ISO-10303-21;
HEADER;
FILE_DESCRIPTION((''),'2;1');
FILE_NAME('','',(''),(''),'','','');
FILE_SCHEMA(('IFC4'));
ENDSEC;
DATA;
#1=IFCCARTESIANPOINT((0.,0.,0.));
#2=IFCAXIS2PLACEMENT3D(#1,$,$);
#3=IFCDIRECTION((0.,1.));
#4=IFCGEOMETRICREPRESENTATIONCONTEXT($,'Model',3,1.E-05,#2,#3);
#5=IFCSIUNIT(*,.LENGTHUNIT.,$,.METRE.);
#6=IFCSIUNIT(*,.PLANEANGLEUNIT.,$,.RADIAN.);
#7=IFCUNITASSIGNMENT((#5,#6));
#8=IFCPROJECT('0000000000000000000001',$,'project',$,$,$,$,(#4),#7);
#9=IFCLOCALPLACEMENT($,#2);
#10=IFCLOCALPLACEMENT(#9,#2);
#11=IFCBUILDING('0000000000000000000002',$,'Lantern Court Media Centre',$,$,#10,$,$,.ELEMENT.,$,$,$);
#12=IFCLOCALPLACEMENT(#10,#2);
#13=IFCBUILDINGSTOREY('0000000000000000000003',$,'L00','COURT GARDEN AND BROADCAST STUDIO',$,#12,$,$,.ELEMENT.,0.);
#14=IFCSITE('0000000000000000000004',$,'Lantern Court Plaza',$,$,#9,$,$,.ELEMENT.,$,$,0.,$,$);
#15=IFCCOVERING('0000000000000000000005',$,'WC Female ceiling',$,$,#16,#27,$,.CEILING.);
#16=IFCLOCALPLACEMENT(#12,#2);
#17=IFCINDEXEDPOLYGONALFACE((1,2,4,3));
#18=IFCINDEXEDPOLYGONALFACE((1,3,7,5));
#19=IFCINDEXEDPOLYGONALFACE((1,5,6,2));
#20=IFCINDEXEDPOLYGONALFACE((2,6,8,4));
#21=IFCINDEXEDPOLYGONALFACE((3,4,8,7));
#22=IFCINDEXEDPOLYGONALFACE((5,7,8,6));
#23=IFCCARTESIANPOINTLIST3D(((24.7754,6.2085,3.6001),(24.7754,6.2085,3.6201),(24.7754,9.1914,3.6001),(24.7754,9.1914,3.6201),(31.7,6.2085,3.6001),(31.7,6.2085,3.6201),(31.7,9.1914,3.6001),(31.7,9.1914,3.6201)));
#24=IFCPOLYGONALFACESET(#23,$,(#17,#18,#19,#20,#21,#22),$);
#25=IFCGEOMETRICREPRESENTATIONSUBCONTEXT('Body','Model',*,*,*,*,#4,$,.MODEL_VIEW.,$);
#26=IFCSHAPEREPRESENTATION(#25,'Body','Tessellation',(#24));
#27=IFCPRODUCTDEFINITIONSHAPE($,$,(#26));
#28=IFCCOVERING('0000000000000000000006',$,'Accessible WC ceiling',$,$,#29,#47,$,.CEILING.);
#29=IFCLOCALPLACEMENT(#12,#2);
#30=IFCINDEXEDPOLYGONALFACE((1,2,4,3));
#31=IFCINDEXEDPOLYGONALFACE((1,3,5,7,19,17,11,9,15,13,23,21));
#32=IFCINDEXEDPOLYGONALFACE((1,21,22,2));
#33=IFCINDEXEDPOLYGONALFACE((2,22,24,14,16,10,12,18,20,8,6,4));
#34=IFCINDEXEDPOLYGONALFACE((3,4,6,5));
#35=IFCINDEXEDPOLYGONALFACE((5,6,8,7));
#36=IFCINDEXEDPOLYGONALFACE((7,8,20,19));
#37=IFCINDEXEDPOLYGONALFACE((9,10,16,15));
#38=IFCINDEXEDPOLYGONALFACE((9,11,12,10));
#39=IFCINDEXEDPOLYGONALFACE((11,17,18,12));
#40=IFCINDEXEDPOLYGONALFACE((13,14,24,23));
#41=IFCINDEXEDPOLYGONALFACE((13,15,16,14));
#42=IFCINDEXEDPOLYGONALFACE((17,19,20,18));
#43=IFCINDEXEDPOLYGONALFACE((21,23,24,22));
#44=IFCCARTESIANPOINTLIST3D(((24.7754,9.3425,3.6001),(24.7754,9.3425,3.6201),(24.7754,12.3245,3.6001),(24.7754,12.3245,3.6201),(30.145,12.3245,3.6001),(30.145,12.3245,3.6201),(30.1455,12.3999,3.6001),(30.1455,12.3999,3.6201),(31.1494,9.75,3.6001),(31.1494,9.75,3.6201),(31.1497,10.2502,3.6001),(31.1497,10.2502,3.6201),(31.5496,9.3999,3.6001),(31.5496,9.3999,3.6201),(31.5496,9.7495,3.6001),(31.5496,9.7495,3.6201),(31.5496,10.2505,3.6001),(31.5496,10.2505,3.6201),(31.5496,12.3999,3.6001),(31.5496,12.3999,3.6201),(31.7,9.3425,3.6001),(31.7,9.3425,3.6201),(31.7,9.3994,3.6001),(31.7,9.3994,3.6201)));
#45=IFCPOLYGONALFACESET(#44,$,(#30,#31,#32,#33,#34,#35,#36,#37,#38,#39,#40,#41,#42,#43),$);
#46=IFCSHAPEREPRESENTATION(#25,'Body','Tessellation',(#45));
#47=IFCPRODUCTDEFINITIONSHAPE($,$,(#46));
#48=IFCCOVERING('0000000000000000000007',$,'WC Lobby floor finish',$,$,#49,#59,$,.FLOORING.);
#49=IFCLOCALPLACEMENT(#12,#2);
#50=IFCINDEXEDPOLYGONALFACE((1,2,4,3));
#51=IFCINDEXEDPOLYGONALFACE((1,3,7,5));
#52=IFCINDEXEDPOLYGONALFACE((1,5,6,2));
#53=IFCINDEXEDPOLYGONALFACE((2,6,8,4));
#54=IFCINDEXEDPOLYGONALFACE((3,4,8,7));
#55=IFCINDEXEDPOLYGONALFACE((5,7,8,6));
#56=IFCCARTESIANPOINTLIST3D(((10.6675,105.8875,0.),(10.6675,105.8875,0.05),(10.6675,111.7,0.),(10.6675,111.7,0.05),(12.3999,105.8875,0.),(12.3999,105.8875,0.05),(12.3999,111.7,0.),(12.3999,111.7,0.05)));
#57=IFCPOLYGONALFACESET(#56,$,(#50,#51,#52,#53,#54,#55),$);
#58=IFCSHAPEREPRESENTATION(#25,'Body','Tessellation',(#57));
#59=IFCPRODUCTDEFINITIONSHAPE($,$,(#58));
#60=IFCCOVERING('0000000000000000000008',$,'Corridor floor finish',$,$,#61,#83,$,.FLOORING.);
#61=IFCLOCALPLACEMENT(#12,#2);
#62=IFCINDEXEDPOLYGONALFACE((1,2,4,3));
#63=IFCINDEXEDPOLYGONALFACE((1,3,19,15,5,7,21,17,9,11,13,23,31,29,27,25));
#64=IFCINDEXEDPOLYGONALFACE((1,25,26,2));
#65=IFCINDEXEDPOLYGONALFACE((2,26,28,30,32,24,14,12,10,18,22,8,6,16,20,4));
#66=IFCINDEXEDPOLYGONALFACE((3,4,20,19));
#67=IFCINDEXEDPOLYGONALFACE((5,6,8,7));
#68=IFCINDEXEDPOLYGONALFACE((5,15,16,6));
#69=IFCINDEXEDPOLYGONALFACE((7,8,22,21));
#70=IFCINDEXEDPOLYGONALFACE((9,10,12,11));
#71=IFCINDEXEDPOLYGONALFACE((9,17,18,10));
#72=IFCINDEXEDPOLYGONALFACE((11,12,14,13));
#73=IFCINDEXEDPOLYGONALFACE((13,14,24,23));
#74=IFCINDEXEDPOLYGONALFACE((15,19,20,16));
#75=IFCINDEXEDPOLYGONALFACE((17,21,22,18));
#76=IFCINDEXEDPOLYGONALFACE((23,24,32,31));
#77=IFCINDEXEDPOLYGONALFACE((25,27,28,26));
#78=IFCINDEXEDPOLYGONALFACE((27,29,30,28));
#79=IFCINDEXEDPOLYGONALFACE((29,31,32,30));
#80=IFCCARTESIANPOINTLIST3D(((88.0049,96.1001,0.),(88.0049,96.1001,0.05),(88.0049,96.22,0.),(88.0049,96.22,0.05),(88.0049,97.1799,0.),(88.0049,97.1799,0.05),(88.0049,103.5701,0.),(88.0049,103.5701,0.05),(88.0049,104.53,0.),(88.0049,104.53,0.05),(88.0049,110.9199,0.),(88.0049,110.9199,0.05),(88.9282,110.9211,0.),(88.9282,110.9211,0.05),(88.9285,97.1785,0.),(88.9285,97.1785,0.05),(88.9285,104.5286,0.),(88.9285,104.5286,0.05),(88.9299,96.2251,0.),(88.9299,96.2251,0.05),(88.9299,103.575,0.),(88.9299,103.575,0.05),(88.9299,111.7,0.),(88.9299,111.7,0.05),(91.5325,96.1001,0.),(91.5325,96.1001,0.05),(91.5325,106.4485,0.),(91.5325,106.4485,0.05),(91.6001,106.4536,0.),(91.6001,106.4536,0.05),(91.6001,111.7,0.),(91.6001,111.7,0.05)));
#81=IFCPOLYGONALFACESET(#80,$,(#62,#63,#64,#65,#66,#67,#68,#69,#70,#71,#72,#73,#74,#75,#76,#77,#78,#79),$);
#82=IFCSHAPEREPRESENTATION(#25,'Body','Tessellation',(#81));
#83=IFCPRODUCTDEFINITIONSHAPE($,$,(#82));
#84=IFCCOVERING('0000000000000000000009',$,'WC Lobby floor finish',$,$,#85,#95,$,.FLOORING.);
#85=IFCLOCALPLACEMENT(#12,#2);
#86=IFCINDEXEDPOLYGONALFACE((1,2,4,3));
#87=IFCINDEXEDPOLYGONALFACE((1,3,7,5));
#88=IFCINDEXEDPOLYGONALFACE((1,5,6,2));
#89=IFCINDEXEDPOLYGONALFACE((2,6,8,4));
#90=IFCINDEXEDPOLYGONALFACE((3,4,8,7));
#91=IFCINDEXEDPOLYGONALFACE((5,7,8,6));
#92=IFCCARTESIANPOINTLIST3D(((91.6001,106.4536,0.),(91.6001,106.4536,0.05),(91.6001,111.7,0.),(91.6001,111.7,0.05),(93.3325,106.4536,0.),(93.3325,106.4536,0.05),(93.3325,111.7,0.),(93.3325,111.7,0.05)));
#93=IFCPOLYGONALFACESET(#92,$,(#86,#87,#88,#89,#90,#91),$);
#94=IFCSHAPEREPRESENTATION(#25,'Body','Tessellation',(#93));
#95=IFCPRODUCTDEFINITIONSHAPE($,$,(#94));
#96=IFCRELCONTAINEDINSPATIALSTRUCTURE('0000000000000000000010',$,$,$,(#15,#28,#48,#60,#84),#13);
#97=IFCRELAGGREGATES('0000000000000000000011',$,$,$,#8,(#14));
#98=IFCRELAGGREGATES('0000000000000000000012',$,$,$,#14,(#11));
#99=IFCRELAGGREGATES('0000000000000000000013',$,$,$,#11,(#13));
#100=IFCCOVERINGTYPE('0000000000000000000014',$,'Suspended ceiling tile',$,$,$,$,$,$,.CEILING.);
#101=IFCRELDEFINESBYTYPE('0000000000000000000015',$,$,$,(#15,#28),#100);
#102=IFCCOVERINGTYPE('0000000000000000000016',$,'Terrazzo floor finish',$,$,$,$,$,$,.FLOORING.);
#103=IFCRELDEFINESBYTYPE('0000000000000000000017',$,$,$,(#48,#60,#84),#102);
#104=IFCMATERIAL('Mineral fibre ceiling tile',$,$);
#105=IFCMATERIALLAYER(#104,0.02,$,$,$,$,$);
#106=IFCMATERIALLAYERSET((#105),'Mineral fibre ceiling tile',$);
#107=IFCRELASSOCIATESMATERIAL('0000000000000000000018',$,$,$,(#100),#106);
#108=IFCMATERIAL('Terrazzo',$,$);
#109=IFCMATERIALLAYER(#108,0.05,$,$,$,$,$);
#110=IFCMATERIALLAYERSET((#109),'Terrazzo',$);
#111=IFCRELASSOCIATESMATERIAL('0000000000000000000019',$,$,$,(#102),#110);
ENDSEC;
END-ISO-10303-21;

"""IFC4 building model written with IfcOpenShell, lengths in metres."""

from ifc_helpers import new_model, si_unit, direction, frame, origin, place, context, subcontext, project, spatial, polyline, outline, extrude, material, layer, layer_set, type_object, element, save


model = new_model("IFC4")

# Units and contexts
model_context = context("Model", 3, precision=1e-05, world=origin(), true_north=direction((0.0, 1.0)))
body_context = subcontext(model_context, "Body", "Model", "MODEL_VIEW")
ifc_project = project(units=[si_unit("LENGTHUNIT", "METRE"), si_unit("PLANEANGLEUNIT", "RADIAN")], contexts=[model_context])

# Site, building, storey
site_placement = place(None, origin())
site = spatial("IfcSite", under=ifc_project, at=site_placement, Name="Lantern Court Plaza", CompositionType="ELEMENT", RefElevation=0.0)
building_placement = place(site_placement, origin())
building = spatial("IfcBuilding", under=site, at=building_placement, Name="Lantern Court Media Centre", CompositionType="ELEMENT")
storey_placement = place(building_placement, origin())
storey = spatial("IfcBuildingStorey", under=building, at=storey_placement, Name="L00", Description="COURT GARDEN AND BROADCAST STUDIO", CompositionType="ELEMENT", Elevation=0.0)

# Coverings
ifc_material_1 = material(Name="Mineral fibre ceiling tile")
ifc_layer_1 = layer(ifc_material_1, 0.02)
ifc_layer_set_1 = layer_set([ifc_layer_1], Name="Mineral fibre ceiling tile")
covering_type_1 = type_object("IfcCoveringType", Name="Suspended ceiling tile", PredefinedType="CEILING", material=ifc_layer_set_1)
covering_1_placement = place(storey_placement, frame((0.0, 0.0, 3.6001)))
element("IfcCovering", 1, at=covering_1_placement, inside=storey, type_object=covering_type_1, Name="WC Female ceiling", PredefinedType="CEILING", context=body_context, shape_type="SweptSolid", body=[
    extrude(outline(polyline([(31.7, 6.2085), (24.7754, 6.2085), (24.7754, 9.1914), (31.7, 9.1914), (31.7, 6.2085)])), origin(), (0.0, 0.0, 1.0), 0.02),
])
covering_2_placement = place(storey_placement, frame((0.0, 0.0, 3.6001)))
element("IfcCovering", 2, at=covering_2_placement, inside=storey, type_object=covering_type_1, Name="Accessible WC ceiling", PredefinedType="CEILING", context=body_context, shape_type="SweptSolid", body=[
    extrude(outline(polyline([(31.7, 9.3425), (24.7754, 9.3425), (24.7754, 12.3245), (30.145, 12.3245), (30.1455, 12.3999), (31.5496, 12.3999), (31.5496, 10.2505), (31.1497, 10.2502), (31.1494, 9.75), (31.5496, 9.7495), (31.5496, 9.3999), (31.7, 9.3994), (31.7, 9.3425)])), origin(), (0.0, 0.0, 1.0), 0.02),
])
ifc_material_2 = material(Name="Terrazzo")
ifc_layer_2 = layer(ifc_material_2, 0.05)
ifc_layer_set_2 = layer_set([ifc_layer_2], Name="Terrazzo")
covering_type_2 = type_object("IfcCoveringType", Name="Terrazzo floor finish", PredefinedType="FLOORING", material=ifc_layer_set_2)
covering_3_placement = place(storey_placement, origin())
element("IfcCovering", 3, at=covering_3_placement, inside=storey, type_object=covering_type_2, Name="WC Lobby floor finish", PredefinedType="FLOORING", context=body_context, shape_type="SweptSolid", body=[
    extrude(outline(polyline([(12.3999, 111.7), (12.3999, 105.8875), (10.6675, 105.8875), (10.6675, 111.7), (12.3999, 111.7)])), origin(), (0.0, 0.0, 1.0), 0.05),
])
covering_4_placement = place(storey_placement, origin())
element("IfcCovering", 4, at=covering_4_placement, inside=storey, type_object=covering_type_2, Name="Corridor floor finish", PredefinedType="FLOORING", context=body_context, shape_type="SweptSolid", body=[
    extrude(outline(polyline([(91.6001, 111.7), (91.6001, 106.4536), (91.5325, 106.4485), (91.5325, 96.1001), (88.0049, 96.1001), (88.0049, 96.22), (88.9299, 96.2251), (88.9285, 97.1785), (88.0049, 97.1799), (88.0049, 103.5701), (88.9299, 103.575), (88.9285, 104.5286), (88.0049, 104.53), (88.0049, 110.9199), (88.9282, 110.9211), (88.9299, 111.7), (91.6001, 111.7)])), origin(), (0.0, 0.0, 1.0), 0.05),
])
covering_5_placement = place(storey_placement, origin())
element("IfcCovering", 5, at=covering_5_placement, inside=storey, type_object=covering_type_2, Name="WC Lobby floor finish", PredefinedType="FLOORING", context=body_context, shape_type="SweptSolid", body=[
    extrude(outline(polyline([(91.6001, 111.7), (93.3325, 111.7), (93.3325, 106.4536), (91.6001, 106.4536), (91.6001, 111.7)])), origin(), (0.0, 0.0, 1.0), 0.05),
])

save(model, "model.ifc")
